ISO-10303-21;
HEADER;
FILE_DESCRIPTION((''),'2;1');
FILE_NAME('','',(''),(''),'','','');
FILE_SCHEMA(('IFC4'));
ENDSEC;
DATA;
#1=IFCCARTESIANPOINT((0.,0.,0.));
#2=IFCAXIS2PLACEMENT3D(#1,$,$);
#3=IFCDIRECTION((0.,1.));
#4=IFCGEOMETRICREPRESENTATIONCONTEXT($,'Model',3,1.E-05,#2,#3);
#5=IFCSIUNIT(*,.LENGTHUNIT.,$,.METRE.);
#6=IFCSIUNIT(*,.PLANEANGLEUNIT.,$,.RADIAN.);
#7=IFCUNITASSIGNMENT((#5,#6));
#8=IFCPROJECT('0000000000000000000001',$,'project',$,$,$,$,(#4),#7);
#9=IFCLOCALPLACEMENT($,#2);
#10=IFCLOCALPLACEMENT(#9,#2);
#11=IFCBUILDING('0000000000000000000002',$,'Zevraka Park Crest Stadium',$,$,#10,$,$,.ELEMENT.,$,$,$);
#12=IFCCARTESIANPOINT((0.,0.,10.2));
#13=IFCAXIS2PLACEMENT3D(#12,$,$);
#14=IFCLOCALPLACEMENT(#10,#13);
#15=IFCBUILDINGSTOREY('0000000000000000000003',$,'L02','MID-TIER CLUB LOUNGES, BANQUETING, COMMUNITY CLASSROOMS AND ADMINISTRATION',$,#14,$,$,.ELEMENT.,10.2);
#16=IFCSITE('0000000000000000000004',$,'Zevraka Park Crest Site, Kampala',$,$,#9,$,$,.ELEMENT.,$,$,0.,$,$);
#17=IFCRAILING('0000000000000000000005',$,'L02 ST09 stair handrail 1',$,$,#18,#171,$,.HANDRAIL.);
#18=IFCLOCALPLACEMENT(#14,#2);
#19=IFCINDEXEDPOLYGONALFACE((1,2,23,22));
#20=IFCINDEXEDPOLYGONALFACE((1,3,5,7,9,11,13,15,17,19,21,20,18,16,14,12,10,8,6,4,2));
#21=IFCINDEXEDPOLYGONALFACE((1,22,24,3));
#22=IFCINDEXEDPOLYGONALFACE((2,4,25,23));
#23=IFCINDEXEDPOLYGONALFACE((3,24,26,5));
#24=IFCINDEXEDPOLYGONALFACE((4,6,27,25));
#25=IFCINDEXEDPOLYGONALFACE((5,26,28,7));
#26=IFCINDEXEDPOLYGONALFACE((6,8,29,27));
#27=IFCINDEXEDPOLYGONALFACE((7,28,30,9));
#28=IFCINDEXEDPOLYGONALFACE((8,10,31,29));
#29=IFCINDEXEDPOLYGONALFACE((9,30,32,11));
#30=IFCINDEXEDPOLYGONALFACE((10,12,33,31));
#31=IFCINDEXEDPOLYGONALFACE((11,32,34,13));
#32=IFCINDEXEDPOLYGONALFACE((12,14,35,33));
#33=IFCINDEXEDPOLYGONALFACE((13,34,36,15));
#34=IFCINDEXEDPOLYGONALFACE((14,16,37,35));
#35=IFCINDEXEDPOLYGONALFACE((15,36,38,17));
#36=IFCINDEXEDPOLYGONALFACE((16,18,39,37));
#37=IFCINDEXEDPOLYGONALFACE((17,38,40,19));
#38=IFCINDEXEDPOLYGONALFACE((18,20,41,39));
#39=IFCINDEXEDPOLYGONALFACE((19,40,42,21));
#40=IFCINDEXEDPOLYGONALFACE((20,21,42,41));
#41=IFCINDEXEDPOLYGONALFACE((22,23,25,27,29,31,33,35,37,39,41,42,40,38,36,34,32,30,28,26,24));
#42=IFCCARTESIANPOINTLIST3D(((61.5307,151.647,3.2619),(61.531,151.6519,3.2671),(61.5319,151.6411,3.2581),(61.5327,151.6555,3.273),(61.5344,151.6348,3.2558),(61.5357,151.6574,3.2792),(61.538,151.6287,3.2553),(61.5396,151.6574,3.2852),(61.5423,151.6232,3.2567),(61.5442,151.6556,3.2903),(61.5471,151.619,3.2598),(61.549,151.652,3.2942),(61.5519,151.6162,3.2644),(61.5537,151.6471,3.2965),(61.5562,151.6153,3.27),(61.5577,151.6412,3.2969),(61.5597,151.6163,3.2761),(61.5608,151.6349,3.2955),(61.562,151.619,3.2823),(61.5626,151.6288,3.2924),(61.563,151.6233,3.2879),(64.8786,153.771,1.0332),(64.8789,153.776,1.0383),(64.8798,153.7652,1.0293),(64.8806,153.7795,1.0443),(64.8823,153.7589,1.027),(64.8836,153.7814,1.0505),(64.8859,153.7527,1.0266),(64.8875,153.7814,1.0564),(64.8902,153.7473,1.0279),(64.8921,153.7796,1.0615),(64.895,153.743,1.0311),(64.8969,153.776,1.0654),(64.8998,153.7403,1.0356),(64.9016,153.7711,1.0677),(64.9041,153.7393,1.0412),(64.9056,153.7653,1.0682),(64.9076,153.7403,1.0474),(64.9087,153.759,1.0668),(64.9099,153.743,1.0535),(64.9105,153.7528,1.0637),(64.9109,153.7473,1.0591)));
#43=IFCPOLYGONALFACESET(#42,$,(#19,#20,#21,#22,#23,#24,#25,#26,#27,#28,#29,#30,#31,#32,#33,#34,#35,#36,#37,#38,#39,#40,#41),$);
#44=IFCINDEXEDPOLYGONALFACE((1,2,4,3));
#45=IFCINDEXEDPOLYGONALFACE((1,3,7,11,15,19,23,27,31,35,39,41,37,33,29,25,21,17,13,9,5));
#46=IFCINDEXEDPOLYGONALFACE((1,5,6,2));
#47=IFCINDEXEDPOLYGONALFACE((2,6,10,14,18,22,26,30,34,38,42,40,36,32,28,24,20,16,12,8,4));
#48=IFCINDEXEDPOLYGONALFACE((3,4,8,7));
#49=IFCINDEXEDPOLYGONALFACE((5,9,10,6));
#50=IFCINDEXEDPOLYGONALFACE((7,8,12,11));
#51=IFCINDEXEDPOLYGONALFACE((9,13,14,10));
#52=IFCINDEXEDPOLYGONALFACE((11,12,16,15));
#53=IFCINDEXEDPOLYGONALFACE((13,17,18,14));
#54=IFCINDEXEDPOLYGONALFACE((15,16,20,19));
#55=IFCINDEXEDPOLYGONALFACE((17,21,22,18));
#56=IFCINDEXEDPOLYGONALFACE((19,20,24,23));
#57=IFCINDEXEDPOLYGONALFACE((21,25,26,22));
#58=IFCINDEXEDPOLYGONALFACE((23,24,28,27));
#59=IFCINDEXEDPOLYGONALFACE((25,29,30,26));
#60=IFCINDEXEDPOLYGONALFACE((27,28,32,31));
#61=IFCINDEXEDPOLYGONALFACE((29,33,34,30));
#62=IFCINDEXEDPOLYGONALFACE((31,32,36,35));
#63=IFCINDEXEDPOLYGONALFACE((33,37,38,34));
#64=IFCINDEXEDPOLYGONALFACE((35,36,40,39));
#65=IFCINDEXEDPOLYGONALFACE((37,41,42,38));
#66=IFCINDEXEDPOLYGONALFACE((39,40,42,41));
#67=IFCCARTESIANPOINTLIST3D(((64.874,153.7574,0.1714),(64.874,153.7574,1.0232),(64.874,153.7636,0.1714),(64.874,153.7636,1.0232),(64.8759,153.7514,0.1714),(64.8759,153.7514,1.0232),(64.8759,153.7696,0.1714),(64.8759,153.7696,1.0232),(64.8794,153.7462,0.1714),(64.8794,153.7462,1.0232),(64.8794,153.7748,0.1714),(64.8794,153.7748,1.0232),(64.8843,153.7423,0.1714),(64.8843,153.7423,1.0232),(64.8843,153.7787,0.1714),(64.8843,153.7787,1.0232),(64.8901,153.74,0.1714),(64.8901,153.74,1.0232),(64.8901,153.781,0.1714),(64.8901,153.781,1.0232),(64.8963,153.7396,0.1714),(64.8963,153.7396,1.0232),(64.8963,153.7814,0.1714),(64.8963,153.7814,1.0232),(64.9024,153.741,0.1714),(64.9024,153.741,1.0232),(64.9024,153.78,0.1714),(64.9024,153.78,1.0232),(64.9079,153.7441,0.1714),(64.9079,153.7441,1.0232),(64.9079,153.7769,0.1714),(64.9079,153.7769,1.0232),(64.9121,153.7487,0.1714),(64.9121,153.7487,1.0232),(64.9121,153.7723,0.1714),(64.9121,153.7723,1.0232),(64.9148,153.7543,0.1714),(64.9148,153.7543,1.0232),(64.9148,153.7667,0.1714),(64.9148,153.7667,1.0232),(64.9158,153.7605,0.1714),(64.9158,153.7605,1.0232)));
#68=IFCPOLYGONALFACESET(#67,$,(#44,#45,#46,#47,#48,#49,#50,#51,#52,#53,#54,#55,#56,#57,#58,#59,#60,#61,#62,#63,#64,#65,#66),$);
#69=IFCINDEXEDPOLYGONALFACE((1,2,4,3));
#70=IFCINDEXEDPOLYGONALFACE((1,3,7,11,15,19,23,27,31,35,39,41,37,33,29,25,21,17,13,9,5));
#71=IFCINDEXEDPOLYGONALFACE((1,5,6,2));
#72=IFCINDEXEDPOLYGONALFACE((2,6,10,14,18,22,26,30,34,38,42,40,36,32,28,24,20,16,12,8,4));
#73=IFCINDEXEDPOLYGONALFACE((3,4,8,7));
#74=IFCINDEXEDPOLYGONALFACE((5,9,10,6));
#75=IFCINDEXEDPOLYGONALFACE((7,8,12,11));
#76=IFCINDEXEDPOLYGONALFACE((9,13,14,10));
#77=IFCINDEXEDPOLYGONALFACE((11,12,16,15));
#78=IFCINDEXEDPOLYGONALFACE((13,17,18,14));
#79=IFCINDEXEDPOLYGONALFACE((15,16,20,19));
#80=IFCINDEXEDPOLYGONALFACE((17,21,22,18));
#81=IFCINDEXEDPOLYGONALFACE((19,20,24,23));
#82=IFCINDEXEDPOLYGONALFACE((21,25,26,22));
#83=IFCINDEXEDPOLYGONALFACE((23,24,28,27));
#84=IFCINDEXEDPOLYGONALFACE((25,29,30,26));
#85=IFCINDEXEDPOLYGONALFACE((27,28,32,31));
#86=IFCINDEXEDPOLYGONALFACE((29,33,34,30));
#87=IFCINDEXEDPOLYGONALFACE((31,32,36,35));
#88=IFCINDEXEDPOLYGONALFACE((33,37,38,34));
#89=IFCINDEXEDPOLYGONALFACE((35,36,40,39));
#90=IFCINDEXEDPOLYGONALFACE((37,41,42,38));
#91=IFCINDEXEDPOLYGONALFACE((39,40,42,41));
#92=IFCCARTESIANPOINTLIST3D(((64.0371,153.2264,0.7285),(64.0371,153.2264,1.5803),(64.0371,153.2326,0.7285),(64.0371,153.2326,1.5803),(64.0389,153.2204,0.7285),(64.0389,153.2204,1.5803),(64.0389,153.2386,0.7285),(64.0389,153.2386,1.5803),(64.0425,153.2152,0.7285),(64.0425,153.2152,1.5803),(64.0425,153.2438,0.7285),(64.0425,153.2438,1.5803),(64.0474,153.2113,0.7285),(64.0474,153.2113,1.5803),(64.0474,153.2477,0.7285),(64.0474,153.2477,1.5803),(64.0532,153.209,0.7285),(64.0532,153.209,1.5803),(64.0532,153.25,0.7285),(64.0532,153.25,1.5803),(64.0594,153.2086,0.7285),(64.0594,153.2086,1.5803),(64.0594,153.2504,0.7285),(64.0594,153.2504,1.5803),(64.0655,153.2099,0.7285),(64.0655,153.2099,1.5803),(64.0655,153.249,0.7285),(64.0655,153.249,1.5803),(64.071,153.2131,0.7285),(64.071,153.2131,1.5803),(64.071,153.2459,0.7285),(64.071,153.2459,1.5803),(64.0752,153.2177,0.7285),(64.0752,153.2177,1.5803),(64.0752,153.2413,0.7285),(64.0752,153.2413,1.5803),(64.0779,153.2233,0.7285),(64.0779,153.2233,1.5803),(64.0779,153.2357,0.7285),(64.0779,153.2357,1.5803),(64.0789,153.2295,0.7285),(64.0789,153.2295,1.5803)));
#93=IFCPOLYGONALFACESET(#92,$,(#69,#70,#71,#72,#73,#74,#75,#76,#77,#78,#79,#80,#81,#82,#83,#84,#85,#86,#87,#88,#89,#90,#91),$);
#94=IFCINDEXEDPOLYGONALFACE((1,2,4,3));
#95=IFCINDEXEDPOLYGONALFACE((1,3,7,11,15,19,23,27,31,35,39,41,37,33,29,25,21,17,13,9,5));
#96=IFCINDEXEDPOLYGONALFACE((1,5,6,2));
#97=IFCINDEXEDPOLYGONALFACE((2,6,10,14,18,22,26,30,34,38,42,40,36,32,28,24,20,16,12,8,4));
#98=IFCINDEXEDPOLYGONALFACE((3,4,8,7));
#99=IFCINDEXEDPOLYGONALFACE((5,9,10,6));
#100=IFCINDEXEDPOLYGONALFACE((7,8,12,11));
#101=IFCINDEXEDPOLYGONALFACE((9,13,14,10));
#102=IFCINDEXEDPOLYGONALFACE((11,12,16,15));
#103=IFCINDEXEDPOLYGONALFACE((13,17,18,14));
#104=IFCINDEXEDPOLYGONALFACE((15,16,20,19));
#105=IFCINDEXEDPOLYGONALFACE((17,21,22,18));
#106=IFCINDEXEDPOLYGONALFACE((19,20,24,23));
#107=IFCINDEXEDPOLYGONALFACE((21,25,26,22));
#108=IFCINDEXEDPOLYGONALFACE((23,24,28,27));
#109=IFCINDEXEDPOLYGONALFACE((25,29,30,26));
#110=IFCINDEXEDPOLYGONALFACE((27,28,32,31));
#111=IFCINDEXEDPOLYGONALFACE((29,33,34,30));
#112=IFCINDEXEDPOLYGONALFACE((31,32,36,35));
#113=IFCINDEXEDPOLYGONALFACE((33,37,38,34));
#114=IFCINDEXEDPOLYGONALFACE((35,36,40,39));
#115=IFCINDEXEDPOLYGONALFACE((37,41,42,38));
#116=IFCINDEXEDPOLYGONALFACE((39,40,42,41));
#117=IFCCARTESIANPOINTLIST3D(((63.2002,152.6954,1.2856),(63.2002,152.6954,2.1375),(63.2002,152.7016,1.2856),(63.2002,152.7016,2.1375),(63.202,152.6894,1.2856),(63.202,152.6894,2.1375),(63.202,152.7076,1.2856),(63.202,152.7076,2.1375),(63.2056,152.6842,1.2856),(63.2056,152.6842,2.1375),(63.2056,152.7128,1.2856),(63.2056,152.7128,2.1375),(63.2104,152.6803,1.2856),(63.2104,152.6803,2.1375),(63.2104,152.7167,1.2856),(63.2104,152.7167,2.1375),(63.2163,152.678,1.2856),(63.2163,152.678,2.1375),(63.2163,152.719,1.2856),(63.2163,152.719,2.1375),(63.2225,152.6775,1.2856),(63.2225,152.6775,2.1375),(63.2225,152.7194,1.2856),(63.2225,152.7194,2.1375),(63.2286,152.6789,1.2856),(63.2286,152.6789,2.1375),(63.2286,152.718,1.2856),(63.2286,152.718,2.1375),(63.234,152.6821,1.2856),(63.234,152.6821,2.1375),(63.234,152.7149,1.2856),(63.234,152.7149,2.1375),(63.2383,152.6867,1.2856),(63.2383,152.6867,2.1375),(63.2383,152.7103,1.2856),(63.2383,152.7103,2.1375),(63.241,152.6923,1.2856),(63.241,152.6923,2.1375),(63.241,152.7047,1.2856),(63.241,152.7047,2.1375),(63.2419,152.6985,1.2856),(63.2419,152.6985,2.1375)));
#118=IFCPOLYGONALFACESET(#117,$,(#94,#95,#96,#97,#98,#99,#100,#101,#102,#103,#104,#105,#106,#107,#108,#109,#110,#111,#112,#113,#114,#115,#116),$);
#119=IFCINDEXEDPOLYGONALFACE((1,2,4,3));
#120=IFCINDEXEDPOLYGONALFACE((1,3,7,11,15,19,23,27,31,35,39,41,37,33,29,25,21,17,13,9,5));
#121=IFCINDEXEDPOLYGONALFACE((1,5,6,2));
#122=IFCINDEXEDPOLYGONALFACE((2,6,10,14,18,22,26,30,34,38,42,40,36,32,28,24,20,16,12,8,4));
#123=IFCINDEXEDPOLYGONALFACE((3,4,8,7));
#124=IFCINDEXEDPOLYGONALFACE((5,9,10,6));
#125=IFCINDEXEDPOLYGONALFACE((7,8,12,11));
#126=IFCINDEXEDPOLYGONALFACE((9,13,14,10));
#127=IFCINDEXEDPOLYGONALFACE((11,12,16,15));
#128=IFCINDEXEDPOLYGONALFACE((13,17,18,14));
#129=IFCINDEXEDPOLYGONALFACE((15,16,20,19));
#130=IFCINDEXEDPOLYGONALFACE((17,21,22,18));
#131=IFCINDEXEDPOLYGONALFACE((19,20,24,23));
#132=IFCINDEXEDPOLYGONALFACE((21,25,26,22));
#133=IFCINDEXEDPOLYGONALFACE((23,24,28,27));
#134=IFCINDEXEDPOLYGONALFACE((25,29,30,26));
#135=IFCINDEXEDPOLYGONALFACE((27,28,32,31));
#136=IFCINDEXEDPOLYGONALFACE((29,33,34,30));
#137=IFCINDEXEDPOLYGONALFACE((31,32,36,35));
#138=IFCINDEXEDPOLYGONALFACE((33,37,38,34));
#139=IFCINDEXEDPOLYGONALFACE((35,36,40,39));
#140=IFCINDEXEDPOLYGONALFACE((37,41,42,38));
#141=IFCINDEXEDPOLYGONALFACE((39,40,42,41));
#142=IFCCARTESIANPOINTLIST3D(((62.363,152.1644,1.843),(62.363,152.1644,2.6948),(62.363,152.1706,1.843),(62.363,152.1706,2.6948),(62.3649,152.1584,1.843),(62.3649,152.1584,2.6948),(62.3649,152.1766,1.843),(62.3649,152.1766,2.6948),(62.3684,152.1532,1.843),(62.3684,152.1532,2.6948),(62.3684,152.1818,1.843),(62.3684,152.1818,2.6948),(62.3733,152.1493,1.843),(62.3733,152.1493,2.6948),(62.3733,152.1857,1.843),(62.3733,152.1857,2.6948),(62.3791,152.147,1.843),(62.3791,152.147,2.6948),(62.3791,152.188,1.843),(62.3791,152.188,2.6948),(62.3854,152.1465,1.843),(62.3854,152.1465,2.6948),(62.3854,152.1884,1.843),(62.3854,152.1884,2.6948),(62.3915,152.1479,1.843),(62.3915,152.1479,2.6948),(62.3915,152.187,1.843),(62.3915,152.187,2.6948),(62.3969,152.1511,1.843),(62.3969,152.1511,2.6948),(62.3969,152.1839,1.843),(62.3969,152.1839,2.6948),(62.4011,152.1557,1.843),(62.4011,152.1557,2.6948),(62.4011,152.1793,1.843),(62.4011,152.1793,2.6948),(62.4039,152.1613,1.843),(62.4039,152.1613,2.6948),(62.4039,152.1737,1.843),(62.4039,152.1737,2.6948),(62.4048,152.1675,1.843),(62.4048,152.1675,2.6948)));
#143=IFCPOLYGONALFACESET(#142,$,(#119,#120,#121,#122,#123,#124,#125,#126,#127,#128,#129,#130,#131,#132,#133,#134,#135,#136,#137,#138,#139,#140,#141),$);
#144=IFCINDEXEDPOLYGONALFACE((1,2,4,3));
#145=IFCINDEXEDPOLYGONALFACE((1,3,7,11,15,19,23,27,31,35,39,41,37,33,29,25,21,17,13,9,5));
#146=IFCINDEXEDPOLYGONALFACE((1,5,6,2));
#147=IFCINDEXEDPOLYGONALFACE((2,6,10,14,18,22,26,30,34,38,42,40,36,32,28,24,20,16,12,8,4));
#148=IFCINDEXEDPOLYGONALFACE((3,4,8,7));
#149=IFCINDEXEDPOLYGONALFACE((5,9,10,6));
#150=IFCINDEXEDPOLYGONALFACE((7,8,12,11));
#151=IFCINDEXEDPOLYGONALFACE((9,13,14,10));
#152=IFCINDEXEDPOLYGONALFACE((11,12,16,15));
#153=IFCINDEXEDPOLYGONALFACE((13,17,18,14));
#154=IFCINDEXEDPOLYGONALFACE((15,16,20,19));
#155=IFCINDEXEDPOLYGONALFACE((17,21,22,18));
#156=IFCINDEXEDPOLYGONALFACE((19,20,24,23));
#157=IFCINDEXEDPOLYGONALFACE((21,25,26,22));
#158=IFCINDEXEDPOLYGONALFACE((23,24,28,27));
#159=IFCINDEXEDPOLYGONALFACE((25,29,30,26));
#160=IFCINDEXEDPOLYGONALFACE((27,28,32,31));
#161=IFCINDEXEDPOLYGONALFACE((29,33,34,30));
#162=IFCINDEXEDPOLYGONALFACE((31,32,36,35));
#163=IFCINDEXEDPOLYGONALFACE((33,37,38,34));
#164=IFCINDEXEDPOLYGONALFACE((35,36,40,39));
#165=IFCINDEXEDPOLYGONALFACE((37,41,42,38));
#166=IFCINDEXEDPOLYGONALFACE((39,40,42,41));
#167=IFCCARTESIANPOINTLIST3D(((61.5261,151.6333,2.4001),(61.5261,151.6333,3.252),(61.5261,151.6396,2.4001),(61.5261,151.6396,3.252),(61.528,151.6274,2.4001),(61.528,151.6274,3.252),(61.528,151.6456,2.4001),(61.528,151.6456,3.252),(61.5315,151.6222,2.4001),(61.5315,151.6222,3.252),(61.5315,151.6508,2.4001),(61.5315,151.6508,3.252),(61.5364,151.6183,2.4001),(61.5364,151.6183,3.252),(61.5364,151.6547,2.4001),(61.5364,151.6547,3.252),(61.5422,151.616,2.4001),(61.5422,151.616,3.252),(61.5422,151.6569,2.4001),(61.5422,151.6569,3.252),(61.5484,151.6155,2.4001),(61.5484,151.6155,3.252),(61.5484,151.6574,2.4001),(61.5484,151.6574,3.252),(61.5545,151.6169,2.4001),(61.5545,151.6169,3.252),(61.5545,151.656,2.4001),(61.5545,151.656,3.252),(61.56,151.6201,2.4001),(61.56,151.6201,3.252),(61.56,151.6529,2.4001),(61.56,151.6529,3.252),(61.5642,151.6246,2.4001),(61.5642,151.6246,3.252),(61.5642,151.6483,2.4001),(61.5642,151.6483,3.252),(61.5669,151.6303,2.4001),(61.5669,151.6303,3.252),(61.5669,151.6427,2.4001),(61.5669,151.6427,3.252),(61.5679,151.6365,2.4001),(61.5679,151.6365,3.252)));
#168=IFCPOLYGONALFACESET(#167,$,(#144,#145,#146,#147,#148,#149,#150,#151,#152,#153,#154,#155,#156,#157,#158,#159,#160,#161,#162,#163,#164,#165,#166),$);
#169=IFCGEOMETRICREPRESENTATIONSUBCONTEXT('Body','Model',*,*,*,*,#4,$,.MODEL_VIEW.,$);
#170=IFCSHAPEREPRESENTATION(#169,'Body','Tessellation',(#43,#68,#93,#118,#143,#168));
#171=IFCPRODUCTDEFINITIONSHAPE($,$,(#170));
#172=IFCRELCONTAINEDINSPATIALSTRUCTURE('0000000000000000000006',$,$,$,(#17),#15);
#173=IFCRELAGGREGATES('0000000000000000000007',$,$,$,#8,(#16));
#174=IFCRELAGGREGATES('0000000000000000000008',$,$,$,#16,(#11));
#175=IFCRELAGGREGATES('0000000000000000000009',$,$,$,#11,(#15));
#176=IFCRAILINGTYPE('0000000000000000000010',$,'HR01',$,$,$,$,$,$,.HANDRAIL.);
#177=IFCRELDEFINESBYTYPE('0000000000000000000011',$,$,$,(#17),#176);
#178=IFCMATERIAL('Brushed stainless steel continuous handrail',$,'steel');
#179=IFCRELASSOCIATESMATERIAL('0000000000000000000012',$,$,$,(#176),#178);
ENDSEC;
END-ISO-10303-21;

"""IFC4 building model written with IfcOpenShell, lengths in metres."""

from ifc_helpers import new_model, si_unit, direction, frame, origin, origin_2d, place, context, subcontext, project, spatial, circle, extrude, material, type_object, element, save


model = new_model("IFC4")

# Units and contexts
model_context = context("Model", 3, precision=1e-05, world=origin(), true_north=direction((0.0, 1.0)))
body_context = subcontext(model_context, "Body", "Model", "MODEL_VIEW")
ifc_project = project(units=[si_unit("LENGTHUNIT", "METRE"), si_unit("PLANEANGLEUNIT", "RADIAN")], contexts=[model_context])

# Site, building, storey
site_placement = place(None, origin())
site = spatial("IfcSite", under=ifc_project, at=site_placement, Name="Zevraka Park Crest Site, Kampala", CompositionType="ELEMENT", RefElevation=0.0)
building_placement = place(site_placement, origin())
building = spatial("IfcBuilding", under=site, at=building_placement, Name="Zevraka Park Crest Stadium", CompositionType="ELEMENT")
storey_placement = place(building_placement, frame((0.0, 0.0, 10.2)))
storey = spatial("IfcBuildingStorey", under=building, at=storey_placement, Name="L02", Description="MID-TIER CLUB LOUNGES, BANQUETING, COMMUNITY CLASSROOMS AND ADMINISTRATION", CompositionType="ELEMENT", Elevation=10.2)

# Railing
ifc_material_1 = material(Name="Brushed stainless steel continuous handrail", Category="steel")
railing_type_1 = type_object("IfcRailingType", Name="HR01", PredefinedType="HANDRAIL", material=ifc_material_1)
railing_1_placement = place(storey_placement, frame((64.8948, 153.7605, 0.1714)))
element("IfcRailing", 1, at=railing_1_placement, inside=storey, type_object=railing_type_1, Name="L02 ST09 stair handrail 1", PredefinedType="HANDRAIL", context=body_context, shape_type="SweptSolid", body=[
    extrude(circle(Radius=0.0239, at=origin_2d()), frame((0.0, 0.0, 0.876), z_axis=(-0.736073, -0.46699, 0.490017), x_axis=(0.535716, -0.844399, 0.0)), (0.0, 0.0, 1.0), 4.5483),
    extrude(circle(Radius=0.021, at=origin_2d()), origin(), (0.0, 0.0, 1.0), 0.8518),
    extrude(circle(Radius=0.021, at=origin_2d()), frame((-0.8369, -0.531, 0.5571)), (0.0, 0.0, 1.0), 0.8518),
    extrude(circle(Radius=0.021, at=origin_2d()), frame((-1.6738, -1.062, 1.1143)), (0.0, 0.0, 1.0), 0.8518),
    extrude(circle(Radius=0.021, at=origin_2d()), frame((-2.511, -1.593, 1.6716)), (0.0, 0.0, 1.0), 0.8518),
    extrude(circle(Radius=0.021, at=origin_2d()), frame((-3.3479, -2.124, 2.2288)), (0.0, 0.0, 1.0), 0.8518),
])

save(model, "model.ifc")
